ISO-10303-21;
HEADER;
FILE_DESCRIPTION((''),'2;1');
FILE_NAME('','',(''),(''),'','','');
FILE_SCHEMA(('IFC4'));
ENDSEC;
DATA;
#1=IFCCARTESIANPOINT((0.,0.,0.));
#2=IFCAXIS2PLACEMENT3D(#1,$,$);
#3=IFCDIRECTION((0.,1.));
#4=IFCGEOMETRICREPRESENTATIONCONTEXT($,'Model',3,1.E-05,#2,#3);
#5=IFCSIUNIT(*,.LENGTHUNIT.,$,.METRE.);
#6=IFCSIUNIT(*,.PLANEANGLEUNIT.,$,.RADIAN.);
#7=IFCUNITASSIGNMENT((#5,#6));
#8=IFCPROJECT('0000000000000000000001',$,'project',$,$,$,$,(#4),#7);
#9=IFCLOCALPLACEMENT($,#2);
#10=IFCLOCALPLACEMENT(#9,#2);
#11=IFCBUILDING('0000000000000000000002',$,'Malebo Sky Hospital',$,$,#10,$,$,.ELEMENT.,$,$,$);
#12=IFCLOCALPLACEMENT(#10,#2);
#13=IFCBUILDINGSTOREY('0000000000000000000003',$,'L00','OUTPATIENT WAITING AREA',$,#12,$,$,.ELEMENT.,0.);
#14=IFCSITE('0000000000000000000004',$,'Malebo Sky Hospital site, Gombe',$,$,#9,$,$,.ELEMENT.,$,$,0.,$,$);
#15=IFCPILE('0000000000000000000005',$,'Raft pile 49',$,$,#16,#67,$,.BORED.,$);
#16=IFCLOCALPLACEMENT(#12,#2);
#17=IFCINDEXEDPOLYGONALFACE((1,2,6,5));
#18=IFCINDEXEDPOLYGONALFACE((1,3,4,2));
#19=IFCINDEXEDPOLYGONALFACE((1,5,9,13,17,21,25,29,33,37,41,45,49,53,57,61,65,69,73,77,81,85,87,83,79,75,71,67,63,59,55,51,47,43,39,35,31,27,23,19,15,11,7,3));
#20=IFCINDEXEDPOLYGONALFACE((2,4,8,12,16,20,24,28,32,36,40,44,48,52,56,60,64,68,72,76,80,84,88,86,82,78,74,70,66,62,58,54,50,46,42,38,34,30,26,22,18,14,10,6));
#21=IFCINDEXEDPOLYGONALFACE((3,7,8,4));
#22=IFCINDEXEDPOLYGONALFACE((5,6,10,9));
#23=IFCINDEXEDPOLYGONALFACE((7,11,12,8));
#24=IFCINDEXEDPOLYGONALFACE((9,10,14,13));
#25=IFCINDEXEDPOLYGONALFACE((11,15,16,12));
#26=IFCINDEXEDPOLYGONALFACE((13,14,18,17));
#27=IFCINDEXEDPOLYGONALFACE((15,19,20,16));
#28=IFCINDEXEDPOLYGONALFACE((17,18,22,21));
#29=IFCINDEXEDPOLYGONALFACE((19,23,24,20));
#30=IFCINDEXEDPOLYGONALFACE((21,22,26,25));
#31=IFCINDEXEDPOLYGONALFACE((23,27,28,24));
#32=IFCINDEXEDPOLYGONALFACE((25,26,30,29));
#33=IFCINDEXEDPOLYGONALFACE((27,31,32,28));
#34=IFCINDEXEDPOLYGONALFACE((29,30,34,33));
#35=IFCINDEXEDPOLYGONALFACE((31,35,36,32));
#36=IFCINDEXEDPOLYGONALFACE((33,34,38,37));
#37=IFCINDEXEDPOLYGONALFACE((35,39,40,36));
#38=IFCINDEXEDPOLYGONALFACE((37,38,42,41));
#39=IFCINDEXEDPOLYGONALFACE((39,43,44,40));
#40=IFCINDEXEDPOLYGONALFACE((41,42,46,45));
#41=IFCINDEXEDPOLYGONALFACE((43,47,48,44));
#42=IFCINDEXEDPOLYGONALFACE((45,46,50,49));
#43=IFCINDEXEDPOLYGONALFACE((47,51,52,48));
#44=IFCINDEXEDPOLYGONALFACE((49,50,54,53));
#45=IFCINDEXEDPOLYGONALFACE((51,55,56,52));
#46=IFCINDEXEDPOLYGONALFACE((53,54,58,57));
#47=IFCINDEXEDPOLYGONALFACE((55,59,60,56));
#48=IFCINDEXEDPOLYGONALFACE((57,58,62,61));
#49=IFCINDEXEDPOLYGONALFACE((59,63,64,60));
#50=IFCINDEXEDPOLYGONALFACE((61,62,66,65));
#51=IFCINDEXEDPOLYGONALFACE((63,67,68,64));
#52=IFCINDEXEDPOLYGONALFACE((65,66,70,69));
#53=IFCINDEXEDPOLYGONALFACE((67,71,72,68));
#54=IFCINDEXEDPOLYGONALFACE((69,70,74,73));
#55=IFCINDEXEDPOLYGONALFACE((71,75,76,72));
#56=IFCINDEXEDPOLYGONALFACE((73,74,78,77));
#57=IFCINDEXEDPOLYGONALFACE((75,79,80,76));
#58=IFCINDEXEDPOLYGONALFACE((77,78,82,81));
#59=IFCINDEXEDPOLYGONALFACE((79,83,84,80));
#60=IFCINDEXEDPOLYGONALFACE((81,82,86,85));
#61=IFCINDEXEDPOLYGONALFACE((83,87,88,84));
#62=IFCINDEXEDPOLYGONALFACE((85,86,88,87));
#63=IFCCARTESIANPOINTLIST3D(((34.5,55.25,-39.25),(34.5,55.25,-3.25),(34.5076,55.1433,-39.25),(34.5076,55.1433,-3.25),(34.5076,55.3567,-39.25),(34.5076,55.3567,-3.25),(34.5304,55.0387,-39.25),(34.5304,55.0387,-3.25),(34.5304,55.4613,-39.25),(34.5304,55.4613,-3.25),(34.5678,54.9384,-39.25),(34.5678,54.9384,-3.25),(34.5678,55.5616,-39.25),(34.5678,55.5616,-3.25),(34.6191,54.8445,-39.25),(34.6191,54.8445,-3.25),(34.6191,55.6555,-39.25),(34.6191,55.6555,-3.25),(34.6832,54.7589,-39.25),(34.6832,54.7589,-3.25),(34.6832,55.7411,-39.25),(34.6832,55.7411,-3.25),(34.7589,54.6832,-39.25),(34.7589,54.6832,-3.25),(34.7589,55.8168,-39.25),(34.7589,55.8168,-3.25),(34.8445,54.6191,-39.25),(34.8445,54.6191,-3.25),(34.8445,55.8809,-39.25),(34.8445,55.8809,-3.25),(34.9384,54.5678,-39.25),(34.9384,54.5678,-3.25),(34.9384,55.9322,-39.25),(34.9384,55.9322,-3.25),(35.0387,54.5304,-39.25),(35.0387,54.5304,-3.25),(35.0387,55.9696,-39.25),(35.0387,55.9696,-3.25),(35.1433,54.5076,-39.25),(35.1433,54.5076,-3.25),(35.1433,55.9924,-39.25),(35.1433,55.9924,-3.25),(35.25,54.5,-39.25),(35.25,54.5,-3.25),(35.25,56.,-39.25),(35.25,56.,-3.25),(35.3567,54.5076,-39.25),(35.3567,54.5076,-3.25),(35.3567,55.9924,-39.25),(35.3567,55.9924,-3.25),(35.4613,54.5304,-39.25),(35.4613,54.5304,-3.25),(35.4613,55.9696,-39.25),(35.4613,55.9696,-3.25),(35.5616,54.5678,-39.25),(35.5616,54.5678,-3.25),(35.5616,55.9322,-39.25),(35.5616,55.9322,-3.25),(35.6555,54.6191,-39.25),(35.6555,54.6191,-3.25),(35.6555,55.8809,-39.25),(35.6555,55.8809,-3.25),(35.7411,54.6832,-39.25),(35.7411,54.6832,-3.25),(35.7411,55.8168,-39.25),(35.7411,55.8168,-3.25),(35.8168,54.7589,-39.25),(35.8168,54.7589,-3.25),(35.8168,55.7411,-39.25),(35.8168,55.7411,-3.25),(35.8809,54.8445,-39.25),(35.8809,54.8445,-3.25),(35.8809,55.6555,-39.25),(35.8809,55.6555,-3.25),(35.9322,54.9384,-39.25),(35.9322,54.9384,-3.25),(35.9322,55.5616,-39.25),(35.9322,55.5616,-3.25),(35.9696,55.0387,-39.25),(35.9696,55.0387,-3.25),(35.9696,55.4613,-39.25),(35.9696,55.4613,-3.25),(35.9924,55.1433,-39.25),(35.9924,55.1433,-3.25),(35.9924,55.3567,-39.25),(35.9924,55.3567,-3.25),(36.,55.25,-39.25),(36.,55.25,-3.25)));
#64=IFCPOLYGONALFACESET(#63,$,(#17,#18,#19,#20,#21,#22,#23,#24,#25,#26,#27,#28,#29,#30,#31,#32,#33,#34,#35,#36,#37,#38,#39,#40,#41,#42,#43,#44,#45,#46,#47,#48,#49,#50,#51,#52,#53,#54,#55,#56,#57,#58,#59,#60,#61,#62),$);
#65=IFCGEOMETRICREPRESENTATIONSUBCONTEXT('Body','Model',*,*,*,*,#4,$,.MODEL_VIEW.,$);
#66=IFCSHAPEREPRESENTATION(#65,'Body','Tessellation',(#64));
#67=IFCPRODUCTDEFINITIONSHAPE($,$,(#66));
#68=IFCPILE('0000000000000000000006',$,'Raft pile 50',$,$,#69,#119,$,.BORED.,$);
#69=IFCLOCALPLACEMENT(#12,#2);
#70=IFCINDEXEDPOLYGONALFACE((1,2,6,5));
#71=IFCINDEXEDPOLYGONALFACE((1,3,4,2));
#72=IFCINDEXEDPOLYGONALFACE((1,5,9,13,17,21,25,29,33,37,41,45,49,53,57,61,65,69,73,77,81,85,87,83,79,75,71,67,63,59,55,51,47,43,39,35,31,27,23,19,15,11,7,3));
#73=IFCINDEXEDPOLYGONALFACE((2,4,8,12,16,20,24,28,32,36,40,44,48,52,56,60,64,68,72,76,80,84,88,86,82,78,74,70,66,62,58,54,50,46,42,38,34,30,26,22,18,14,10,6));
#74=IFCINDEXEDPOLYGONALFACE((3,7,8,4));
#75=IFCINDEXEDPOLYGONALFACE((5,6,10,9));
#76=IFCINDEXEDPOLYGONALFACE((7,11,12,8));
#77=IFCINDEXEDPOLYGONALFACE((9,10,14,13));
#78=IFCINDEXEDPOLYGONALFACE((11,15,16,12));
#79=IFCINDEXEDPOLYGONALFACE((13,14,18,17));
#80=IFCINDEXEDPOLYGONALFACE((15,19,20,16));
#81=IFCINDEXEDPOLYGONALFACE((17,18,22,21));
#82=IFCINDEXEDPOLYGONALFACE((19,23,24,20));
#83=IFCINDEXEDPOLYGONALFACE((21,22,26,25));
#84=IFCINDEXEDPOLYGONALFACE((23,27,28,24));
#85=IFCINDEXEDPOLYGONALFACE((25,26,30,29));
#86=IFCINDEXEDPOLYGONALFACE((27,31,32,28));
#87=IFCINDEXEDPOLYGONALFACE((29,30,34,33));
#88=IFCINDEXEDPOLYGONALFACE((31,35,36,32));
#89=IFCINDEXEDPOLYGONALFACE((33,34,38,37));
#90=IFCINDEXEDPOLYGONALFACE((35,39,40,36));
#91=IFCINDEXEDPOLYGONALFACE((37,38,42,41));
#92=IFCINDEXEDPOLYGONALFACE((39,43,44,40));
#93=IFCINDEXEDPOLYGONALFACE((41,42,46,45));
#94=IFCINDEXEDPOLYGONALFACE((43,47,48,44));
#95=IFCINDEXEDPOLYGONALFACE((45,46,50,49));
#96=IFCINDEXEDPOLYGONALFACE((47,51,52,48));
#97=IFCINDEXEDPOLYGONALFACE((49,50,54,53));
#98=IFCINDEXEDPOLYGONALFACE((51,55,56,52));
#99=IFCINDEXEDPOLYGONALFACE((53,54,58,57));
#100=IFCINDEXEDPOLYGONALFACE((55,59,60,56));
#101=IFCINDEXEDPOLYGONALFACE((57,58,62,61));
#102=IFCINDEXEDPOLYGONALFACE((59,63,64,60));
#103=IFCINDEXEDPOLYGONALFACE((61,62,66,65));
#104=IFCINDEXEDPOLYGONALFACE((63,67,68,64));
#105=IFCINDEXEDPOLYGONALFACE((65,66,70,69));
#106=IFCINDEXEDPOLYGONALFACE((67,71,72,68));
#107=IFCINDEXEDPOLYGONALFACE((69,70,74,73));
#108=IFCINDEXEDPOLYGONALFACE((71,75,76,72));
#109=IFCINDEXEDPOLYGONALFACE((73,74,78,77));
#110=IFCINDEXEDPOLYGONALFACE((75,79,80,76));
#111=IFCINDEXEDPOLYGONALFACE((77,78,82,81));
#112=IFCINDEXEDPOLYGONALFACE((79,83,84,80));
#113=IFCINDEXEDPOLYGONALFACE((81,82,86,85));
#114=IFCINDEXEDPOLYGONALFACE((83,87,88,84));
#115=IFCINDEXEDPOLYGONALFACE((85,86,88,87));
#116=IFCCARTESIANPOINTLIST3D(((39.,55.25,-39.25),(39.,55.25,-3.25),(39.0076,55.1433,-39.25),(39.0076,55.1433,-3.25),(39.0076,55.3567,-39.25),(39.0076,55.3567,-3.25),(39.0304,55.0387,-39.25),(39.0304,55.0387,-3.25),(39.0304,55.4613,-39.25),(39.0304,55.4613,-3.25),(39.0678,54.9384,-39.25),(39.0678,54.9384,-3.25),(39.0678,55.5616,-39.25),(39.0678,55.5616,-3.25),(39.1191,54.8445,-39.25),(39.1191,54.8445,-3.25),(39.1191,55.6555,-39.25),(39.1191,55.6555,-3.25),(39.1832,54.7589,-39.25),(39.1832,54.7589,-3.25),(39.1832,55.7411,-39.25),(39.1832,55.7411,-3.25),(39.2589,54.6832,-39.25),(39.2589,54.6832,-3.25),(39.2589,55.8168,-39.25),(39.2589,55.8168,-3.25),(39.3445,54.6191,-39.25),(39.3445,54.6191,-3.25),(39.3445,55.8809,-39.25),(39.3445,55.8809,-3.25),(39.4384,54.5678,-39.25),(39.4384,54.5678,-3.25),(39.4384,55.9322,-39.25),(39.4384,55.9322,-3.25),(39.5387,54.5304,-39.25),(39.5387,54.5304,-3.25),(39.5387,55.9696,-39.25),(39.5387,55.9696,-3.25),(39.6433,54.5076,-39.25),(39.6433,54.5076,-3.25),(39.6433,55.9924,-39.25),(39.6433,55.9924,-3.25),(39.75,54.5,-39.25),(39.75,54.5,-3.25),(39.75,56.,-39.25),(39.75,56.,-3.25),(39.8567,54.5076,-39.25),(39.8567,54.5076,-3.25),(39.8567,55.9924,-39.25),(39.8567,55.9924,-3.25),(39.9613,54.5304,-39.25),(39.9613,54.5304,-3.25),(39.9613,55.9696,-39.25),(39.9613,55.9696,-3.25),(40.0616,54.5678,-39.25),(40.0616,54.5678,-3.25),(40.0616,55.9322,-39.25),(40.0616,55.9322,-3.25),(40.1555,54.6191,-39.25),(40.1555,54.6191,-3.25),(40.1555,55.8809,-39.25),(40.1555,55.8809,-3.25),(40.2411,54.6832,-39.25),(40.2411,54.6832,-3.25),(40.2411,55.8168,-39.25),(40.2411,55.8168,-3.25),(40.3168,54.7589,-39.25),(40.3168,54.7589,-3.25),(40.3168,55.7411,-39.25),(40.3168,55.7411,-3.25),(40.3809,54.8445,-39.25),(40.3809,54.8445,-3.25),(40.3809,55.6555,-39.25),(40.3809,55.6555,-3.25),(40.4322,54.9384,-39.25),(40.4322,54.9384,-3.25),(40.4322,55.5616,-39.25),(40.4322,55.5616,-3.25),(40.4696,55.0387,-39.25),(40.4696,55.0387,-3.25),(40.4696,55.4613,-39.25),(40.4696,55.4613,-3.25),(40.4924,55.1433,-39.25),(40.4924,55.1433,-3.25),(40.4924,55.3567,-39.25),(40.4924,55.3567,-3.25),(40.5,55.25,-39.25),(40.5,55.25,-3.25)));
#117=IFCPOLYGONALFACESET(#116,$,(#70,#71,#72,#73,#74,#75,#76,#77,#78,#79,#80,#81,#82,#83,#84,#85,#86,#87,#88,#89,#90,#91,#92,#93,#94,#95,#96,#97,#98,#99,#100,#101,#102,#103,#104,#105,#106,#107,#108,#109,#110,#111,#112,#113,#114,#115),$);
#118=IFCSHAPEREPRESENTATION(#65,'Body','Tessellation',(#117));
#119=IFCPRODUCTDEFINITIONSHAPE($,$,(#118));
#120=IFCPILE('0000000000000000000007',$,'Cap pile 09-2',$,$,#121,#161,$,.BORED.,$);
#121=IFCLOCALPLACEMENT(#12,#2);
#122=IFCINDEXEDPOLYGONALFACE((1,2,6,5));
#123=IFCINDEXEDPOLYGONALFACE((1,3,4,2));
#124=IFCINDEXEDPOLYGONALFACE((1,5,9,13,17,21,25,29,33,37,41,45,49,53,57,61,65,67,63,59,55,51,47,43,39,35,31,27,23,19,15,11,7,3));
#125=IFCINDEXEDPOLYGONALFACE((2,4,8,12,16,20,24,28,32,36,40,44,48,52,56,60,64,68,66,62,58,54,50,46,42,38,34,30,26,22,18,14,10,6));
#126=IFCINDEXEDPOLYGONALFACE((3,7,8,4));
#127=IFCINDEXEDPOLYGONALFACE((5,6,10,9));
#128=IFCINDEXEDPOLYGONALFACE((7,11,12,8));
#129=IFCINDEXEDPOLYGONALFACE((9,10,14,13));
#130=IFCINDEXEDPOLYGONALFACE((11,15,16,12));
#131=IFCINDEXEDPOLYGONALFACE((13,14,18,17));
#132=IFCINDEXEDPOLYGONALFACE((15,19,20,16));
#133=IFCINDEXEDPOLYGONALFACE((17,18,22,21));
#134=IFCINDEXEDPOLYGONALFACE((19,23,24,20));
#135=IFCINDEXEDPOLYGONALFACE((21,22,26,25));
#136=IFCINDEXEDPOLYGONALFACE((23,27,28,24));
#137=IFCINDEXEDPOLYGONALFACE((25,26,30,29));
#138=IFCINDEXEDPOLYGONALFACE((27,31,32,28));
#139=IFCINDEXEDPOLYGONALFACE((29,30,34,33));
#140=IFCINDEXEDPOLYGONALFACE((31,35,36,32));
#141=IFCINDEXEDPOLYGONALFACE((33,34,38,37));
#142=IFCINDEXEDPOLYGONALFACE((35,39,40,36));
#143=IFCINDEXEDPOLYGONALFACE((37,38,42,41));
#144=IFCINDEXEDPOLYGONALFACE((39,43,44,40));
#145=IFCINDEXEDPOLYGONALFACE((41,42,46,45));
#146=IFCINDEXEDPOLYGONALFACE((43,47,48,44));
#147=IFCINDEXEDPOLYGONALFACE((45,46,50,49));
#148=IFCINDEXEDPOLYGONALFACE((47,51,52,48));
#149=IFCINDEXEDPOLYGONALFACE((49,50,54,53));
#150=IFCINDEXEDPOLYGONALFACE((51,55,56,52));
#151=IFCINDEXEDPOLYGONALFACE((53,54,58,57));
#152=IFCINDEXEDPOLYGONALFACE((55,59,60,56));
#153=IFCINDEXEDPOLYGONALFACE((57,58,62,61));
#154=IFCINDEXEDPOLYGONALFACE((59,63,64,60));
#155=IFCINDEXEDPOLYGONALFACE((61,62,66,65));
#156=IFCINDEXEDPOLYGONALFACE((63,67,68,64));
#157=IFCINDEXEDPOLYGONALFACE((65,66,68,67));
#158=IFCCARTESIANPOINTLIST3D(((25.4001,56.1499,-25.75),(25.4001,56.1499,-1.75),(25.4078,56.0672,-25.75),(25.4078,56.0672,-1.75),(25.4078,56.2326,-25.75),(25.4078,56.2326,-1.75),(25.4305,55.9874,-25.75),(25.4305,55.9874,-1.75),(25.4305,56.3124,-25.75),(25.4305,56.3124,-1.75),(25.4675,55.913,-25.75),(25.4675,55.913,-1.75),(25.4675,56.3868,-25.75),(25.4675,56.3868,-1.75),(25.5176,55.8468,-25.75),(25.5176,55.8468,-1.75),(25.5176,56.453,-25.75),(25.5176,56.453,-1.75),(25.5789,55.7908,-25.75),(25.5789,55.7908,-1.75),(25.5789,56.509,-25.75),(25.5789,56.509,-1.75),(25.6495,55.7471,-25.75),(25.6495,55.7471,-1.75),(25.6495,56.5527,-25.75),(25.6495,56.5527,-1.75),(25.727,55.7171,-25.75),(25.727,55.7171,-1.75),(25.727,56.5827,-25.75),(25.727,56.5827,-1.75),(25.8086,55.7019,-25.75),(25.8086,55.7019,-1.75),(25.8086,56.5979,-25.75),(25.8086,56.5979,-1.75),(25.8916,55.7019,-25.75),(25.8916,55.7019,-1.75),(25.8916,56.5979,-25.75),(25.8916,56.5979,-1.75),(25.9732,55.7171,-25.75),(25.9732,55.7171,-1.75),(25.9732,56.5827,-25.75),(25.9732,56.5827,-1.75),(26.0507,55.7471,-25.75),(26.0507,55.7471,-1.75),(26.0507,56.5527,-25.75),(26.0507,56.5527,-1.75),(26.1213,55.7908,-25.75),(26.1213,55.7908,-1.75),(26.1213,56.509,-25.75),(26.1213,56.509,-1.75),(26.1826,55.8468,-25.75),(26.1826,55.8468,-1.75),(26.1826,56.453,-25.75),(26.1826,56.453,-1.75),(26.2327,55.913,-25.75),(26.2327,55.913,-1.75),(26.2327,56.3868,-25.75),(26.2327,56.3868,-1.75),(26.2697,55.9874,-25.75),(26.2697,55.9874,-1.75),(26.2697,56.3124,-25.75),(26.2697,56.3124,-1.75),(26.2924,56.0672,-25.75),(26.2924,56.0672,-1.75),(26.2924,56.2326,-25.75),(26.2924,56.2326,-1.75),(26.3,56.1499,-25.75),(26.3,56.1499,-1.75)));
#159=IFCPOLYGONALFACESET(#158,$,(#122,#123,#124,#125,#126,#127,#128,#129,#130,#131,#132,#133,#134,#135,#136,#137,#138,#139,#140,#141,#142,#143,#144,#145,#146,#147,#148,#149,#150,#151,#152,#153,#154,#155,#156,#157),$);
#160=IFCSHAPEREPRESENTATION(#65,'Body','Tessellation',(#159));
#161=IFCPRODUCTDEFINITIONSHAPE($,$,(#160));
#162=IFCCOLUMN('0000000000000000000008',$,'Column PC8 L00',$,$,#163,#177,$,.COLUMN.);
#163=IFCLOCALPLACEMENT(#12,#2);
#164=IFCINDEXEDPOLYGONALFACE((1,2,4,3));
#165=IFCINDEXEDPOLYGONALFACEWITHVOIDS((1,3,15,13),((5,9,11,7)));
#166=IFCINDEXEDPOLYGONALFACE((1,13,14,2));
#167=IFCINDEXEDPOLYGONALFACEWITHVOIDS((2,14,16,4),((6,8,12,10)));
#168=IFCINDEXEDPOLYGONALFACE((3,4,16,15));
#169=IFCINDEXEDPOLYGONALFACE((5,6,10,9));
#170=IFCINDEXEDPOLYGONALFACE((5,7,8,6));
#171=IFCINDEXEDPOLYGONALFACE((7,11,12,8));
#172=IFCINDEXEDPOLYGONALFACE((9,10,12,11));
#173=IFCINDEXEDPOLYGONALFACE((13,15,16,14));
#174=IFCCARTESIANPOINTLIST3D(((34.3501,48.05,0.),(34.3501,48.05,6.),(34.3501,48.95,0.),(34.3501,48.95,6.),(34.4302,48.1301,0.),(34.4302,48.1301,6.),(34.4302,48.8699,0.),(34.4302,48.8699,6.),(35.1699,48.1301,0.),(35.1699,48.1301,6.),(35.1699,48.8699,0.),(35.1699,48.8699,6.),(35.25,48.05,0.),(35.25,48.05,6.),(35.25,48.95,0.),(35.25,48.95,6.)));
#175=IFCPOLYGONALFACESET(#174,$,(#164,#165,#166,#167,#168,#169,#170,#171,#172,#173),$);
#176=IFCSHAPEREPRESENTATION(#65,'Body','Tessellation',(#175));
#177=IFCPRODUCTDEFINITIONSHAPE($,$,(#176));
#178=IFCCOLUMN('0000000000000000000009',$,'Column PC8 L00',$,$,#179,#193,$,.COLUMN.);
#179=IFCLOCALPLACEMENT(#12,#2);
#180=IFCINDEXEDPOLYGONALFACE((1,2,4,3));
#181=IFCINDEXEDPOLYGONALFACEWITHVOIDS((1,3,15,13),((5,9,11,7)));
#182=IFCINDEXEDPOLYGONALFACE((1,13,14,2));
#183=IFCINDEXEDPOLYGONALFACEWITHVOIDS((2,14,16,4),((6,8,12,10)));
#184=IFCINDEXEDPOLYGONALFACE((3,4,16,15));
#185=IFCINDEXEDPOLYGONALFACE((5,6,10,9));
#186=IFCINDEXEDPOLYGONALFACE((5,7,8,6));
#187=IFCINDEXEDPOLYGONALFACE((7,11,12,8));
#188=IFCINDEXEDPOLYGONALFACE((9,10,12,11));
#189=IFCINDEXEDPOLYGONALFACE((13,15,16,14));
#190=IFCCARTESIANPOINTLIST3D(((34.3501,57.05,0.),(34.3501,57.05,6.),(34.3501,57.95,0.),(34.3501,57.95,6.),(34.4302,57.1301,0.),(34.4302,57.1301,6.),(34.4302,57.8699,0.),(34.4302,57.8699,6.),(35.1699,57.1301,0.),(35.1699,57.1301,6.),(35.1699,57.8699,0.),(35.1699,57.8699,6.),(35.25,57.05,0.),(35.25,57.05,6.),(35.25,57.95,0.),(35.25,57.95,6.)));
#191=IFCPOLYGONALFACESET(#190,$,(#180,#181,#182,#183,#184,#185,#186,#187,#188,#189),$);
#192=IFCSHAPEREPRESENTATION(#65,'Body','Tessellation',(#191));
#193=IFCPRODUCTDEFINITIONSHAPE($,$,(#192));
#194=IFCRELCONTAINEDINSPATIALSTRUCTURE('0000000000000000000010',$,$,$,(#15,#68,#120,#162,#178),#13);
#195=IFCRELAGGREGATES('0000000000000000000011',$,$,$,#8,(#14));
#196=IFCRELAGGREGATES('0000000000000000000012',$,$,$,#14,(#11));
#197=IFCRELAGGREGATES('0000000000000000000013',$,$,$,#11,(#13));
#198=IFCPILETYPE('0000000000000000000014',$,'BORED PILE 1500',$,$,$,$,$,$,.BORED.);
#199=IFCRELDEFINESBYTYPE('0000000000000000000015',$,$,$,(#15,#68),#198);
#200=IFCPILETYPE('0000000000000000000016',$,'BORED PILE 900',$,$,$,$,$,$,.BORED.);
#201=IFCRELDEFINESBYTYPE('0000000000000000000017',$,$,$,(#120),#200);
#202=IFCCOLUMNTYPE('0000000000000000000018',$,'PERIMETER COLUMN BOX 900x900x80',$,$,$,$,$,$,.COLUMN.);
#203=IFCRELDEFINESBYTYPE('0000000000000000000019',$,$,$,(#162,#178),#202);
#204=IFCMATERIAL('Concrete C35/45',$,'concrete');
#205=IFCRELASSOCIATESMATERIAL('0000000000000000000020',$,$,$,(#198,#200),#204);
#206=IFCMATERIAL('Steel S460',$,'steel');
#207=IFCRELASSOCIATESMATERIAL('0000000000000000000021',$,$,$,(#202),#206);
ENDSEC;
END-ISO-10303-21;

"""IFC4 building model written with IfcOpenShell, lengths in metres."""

from ifc_helpers import new_model, si_unit, direction, frame, origin, origin_2d, place, context, subcontext, project, spatial, hollow_rectangle, circle, extrude, material, material_profile, profile_set, type_object, element, save


model = new_model("IFC4")

# Units and contexts
model_context = context("Model", 3, precision=1e-05, world=origin(), true_north=direction((0.0, 1.0)))
body_context = subcontext(model_context, "Body", "Model", "MODEL_VIEW")
ifc_project = project(units=[si_unit("LENGTHUNIT", "METRE"), si_unit("PLANEANGLEUNIT", "RADIAN")], contexts=[model_context])

# Site, building, storey
site_placement = place(None, origin())
site = spatial("IfcSite", under=ifc_project, at=site_placement, Name="Malebo Sky Hospital site, Gombe", CompositionType="ELEMENT", RefElevation=0.0)
building_placement = place(site_placement, origin())
building = spatial("IfcBuilding", under=site, at=building_placement, Name="Malebo Sky Hospital", CompositionType="ELEMENT")
storey_placement = place(building_placement, origin())
storey = spatial("IfcBuildingStorey", under=building, at=storey_placement, Name="L00", Description="OUTPATIENT WAITING AREA", CompositionType="ELEMENT", Elevation=0.0)

# Piles
ifc_material_1 = material(Name="Concrete C35/45", Category="concrete")
ifc_material_profile_1 = material_profile(ifc_material_1, circle(Radius=0.75, at=origin_2d()), Name="BP 1500")
ifc_profile_set_1 = profile_set([ifc_material_profile_1], Name="Concrete C35/45")
pile_type_1 = type_object("IfcPileType", Name="BORED PILE 1500", PredefinedType="BORED", material=ifc_profile_set_1)
for number, where, z_axis, x_axis, name in (
    (1, (35.25, 55.25, -3.25), (0.0, 0.0, -1.0), (1.0, 0.0, 0.0), "Raft pile 49"),
    (2, (39.75, 55.25, -3.25), (0.0, 0.0, -1.0), (1.0, 0.0, 0.0), "Raft pile 50"),
):
    element("IfcPile", number, at=place(storey_placement, frame(where, z_axis=z_axis, x_axis=x_axis)), inside=storey, type_object=pile_type_1, Name=name, PredefinedType="BORED", context=body_context, shape_type="SweptSolid", body=[
        extrude(circle(Radius=0.75, at=origin_2d()), origin(), (0.0, 0.0, 1.0), 36.0),
    ])
ifc_material_profile_2 = material_profile(ifc_material_1, circle(Radius=0.45, at=origin_2d()), Name="BP 900")
ifc_profile_set_2 = profile_set([ifc_material_profile_2], Name="Concrete C35/45")
pile_type_2 = type_object("IfcPileType", Name="BORED PILE 900", PredefinedType="BORED", material=ifc_profile_set_2)
pile_placement = place(storey_placement, frame((25.8501, 56.1499, -1.75), z_axis=(0.0, 0.0, -1.0), x_axis=(1.0, 0.0, 0.0)))
element("IfcPile", 3, at=pile_placement, inside=storey, type_object=pile_type_2, Name="Cap pile 09-2", PredefinedType="BORED", context=body_context, shape_type="SweptSolid", body=[
    extrude(circle(Radius=0.45, at=origin_2d()), origin(), (0.0, 0.0, 1.0), 24.0),
])

# Columns
ifc_material_2 = material(Name="Steel S460", Category="steel")
ifc_material_profile_3 = material_profile(ifc_material_2, hollow_rectangle(XDim=0.8999, YDim=0.8999, WallThickness=0.0801, at=origin_2d()), Name="BOX 900x900x80")
ifc_profile_set_3 = profile_set([ifc_material_profile_3], Name="Steel S460")
column_type_1 = type_object("IfcColumnType", Name="PERIMETER COLUMN BOX 900x900x80", PredefinedType="COLUMN", material=ifc_profile_set_3)
for number, where, z_axis, x_axis, name in (
    (4, (34.8, 48.5, 0.0), (0.0, 0.0, 1.0), (1.0, 0.0, 0.0), "Column PC8 L00"),
    (5, (34.8, 57.5, 0.0), (0.0, 0.0, 1.0), (1.0, 0.0, 0.0), "Column PC8 L00"),
):
    element("IfcColumn", number, at=place(storey_placement, frame(where, z_axis=z_axis, x_axis=x_axis)), inside=storey, type_object=column_type_1, Name=name, PredefinedType="COLUMN", context=body_context, shape_type="SweptSolid", body=[
        extrude(hollow_rectangle(XDim=0.8999, YDim=0.8999, WallThickness=0.0801, at=origin_2d()), origin(), (0.0, 0.0, 1.0), 6.0),
    ])

save(model, "model.ifc")
